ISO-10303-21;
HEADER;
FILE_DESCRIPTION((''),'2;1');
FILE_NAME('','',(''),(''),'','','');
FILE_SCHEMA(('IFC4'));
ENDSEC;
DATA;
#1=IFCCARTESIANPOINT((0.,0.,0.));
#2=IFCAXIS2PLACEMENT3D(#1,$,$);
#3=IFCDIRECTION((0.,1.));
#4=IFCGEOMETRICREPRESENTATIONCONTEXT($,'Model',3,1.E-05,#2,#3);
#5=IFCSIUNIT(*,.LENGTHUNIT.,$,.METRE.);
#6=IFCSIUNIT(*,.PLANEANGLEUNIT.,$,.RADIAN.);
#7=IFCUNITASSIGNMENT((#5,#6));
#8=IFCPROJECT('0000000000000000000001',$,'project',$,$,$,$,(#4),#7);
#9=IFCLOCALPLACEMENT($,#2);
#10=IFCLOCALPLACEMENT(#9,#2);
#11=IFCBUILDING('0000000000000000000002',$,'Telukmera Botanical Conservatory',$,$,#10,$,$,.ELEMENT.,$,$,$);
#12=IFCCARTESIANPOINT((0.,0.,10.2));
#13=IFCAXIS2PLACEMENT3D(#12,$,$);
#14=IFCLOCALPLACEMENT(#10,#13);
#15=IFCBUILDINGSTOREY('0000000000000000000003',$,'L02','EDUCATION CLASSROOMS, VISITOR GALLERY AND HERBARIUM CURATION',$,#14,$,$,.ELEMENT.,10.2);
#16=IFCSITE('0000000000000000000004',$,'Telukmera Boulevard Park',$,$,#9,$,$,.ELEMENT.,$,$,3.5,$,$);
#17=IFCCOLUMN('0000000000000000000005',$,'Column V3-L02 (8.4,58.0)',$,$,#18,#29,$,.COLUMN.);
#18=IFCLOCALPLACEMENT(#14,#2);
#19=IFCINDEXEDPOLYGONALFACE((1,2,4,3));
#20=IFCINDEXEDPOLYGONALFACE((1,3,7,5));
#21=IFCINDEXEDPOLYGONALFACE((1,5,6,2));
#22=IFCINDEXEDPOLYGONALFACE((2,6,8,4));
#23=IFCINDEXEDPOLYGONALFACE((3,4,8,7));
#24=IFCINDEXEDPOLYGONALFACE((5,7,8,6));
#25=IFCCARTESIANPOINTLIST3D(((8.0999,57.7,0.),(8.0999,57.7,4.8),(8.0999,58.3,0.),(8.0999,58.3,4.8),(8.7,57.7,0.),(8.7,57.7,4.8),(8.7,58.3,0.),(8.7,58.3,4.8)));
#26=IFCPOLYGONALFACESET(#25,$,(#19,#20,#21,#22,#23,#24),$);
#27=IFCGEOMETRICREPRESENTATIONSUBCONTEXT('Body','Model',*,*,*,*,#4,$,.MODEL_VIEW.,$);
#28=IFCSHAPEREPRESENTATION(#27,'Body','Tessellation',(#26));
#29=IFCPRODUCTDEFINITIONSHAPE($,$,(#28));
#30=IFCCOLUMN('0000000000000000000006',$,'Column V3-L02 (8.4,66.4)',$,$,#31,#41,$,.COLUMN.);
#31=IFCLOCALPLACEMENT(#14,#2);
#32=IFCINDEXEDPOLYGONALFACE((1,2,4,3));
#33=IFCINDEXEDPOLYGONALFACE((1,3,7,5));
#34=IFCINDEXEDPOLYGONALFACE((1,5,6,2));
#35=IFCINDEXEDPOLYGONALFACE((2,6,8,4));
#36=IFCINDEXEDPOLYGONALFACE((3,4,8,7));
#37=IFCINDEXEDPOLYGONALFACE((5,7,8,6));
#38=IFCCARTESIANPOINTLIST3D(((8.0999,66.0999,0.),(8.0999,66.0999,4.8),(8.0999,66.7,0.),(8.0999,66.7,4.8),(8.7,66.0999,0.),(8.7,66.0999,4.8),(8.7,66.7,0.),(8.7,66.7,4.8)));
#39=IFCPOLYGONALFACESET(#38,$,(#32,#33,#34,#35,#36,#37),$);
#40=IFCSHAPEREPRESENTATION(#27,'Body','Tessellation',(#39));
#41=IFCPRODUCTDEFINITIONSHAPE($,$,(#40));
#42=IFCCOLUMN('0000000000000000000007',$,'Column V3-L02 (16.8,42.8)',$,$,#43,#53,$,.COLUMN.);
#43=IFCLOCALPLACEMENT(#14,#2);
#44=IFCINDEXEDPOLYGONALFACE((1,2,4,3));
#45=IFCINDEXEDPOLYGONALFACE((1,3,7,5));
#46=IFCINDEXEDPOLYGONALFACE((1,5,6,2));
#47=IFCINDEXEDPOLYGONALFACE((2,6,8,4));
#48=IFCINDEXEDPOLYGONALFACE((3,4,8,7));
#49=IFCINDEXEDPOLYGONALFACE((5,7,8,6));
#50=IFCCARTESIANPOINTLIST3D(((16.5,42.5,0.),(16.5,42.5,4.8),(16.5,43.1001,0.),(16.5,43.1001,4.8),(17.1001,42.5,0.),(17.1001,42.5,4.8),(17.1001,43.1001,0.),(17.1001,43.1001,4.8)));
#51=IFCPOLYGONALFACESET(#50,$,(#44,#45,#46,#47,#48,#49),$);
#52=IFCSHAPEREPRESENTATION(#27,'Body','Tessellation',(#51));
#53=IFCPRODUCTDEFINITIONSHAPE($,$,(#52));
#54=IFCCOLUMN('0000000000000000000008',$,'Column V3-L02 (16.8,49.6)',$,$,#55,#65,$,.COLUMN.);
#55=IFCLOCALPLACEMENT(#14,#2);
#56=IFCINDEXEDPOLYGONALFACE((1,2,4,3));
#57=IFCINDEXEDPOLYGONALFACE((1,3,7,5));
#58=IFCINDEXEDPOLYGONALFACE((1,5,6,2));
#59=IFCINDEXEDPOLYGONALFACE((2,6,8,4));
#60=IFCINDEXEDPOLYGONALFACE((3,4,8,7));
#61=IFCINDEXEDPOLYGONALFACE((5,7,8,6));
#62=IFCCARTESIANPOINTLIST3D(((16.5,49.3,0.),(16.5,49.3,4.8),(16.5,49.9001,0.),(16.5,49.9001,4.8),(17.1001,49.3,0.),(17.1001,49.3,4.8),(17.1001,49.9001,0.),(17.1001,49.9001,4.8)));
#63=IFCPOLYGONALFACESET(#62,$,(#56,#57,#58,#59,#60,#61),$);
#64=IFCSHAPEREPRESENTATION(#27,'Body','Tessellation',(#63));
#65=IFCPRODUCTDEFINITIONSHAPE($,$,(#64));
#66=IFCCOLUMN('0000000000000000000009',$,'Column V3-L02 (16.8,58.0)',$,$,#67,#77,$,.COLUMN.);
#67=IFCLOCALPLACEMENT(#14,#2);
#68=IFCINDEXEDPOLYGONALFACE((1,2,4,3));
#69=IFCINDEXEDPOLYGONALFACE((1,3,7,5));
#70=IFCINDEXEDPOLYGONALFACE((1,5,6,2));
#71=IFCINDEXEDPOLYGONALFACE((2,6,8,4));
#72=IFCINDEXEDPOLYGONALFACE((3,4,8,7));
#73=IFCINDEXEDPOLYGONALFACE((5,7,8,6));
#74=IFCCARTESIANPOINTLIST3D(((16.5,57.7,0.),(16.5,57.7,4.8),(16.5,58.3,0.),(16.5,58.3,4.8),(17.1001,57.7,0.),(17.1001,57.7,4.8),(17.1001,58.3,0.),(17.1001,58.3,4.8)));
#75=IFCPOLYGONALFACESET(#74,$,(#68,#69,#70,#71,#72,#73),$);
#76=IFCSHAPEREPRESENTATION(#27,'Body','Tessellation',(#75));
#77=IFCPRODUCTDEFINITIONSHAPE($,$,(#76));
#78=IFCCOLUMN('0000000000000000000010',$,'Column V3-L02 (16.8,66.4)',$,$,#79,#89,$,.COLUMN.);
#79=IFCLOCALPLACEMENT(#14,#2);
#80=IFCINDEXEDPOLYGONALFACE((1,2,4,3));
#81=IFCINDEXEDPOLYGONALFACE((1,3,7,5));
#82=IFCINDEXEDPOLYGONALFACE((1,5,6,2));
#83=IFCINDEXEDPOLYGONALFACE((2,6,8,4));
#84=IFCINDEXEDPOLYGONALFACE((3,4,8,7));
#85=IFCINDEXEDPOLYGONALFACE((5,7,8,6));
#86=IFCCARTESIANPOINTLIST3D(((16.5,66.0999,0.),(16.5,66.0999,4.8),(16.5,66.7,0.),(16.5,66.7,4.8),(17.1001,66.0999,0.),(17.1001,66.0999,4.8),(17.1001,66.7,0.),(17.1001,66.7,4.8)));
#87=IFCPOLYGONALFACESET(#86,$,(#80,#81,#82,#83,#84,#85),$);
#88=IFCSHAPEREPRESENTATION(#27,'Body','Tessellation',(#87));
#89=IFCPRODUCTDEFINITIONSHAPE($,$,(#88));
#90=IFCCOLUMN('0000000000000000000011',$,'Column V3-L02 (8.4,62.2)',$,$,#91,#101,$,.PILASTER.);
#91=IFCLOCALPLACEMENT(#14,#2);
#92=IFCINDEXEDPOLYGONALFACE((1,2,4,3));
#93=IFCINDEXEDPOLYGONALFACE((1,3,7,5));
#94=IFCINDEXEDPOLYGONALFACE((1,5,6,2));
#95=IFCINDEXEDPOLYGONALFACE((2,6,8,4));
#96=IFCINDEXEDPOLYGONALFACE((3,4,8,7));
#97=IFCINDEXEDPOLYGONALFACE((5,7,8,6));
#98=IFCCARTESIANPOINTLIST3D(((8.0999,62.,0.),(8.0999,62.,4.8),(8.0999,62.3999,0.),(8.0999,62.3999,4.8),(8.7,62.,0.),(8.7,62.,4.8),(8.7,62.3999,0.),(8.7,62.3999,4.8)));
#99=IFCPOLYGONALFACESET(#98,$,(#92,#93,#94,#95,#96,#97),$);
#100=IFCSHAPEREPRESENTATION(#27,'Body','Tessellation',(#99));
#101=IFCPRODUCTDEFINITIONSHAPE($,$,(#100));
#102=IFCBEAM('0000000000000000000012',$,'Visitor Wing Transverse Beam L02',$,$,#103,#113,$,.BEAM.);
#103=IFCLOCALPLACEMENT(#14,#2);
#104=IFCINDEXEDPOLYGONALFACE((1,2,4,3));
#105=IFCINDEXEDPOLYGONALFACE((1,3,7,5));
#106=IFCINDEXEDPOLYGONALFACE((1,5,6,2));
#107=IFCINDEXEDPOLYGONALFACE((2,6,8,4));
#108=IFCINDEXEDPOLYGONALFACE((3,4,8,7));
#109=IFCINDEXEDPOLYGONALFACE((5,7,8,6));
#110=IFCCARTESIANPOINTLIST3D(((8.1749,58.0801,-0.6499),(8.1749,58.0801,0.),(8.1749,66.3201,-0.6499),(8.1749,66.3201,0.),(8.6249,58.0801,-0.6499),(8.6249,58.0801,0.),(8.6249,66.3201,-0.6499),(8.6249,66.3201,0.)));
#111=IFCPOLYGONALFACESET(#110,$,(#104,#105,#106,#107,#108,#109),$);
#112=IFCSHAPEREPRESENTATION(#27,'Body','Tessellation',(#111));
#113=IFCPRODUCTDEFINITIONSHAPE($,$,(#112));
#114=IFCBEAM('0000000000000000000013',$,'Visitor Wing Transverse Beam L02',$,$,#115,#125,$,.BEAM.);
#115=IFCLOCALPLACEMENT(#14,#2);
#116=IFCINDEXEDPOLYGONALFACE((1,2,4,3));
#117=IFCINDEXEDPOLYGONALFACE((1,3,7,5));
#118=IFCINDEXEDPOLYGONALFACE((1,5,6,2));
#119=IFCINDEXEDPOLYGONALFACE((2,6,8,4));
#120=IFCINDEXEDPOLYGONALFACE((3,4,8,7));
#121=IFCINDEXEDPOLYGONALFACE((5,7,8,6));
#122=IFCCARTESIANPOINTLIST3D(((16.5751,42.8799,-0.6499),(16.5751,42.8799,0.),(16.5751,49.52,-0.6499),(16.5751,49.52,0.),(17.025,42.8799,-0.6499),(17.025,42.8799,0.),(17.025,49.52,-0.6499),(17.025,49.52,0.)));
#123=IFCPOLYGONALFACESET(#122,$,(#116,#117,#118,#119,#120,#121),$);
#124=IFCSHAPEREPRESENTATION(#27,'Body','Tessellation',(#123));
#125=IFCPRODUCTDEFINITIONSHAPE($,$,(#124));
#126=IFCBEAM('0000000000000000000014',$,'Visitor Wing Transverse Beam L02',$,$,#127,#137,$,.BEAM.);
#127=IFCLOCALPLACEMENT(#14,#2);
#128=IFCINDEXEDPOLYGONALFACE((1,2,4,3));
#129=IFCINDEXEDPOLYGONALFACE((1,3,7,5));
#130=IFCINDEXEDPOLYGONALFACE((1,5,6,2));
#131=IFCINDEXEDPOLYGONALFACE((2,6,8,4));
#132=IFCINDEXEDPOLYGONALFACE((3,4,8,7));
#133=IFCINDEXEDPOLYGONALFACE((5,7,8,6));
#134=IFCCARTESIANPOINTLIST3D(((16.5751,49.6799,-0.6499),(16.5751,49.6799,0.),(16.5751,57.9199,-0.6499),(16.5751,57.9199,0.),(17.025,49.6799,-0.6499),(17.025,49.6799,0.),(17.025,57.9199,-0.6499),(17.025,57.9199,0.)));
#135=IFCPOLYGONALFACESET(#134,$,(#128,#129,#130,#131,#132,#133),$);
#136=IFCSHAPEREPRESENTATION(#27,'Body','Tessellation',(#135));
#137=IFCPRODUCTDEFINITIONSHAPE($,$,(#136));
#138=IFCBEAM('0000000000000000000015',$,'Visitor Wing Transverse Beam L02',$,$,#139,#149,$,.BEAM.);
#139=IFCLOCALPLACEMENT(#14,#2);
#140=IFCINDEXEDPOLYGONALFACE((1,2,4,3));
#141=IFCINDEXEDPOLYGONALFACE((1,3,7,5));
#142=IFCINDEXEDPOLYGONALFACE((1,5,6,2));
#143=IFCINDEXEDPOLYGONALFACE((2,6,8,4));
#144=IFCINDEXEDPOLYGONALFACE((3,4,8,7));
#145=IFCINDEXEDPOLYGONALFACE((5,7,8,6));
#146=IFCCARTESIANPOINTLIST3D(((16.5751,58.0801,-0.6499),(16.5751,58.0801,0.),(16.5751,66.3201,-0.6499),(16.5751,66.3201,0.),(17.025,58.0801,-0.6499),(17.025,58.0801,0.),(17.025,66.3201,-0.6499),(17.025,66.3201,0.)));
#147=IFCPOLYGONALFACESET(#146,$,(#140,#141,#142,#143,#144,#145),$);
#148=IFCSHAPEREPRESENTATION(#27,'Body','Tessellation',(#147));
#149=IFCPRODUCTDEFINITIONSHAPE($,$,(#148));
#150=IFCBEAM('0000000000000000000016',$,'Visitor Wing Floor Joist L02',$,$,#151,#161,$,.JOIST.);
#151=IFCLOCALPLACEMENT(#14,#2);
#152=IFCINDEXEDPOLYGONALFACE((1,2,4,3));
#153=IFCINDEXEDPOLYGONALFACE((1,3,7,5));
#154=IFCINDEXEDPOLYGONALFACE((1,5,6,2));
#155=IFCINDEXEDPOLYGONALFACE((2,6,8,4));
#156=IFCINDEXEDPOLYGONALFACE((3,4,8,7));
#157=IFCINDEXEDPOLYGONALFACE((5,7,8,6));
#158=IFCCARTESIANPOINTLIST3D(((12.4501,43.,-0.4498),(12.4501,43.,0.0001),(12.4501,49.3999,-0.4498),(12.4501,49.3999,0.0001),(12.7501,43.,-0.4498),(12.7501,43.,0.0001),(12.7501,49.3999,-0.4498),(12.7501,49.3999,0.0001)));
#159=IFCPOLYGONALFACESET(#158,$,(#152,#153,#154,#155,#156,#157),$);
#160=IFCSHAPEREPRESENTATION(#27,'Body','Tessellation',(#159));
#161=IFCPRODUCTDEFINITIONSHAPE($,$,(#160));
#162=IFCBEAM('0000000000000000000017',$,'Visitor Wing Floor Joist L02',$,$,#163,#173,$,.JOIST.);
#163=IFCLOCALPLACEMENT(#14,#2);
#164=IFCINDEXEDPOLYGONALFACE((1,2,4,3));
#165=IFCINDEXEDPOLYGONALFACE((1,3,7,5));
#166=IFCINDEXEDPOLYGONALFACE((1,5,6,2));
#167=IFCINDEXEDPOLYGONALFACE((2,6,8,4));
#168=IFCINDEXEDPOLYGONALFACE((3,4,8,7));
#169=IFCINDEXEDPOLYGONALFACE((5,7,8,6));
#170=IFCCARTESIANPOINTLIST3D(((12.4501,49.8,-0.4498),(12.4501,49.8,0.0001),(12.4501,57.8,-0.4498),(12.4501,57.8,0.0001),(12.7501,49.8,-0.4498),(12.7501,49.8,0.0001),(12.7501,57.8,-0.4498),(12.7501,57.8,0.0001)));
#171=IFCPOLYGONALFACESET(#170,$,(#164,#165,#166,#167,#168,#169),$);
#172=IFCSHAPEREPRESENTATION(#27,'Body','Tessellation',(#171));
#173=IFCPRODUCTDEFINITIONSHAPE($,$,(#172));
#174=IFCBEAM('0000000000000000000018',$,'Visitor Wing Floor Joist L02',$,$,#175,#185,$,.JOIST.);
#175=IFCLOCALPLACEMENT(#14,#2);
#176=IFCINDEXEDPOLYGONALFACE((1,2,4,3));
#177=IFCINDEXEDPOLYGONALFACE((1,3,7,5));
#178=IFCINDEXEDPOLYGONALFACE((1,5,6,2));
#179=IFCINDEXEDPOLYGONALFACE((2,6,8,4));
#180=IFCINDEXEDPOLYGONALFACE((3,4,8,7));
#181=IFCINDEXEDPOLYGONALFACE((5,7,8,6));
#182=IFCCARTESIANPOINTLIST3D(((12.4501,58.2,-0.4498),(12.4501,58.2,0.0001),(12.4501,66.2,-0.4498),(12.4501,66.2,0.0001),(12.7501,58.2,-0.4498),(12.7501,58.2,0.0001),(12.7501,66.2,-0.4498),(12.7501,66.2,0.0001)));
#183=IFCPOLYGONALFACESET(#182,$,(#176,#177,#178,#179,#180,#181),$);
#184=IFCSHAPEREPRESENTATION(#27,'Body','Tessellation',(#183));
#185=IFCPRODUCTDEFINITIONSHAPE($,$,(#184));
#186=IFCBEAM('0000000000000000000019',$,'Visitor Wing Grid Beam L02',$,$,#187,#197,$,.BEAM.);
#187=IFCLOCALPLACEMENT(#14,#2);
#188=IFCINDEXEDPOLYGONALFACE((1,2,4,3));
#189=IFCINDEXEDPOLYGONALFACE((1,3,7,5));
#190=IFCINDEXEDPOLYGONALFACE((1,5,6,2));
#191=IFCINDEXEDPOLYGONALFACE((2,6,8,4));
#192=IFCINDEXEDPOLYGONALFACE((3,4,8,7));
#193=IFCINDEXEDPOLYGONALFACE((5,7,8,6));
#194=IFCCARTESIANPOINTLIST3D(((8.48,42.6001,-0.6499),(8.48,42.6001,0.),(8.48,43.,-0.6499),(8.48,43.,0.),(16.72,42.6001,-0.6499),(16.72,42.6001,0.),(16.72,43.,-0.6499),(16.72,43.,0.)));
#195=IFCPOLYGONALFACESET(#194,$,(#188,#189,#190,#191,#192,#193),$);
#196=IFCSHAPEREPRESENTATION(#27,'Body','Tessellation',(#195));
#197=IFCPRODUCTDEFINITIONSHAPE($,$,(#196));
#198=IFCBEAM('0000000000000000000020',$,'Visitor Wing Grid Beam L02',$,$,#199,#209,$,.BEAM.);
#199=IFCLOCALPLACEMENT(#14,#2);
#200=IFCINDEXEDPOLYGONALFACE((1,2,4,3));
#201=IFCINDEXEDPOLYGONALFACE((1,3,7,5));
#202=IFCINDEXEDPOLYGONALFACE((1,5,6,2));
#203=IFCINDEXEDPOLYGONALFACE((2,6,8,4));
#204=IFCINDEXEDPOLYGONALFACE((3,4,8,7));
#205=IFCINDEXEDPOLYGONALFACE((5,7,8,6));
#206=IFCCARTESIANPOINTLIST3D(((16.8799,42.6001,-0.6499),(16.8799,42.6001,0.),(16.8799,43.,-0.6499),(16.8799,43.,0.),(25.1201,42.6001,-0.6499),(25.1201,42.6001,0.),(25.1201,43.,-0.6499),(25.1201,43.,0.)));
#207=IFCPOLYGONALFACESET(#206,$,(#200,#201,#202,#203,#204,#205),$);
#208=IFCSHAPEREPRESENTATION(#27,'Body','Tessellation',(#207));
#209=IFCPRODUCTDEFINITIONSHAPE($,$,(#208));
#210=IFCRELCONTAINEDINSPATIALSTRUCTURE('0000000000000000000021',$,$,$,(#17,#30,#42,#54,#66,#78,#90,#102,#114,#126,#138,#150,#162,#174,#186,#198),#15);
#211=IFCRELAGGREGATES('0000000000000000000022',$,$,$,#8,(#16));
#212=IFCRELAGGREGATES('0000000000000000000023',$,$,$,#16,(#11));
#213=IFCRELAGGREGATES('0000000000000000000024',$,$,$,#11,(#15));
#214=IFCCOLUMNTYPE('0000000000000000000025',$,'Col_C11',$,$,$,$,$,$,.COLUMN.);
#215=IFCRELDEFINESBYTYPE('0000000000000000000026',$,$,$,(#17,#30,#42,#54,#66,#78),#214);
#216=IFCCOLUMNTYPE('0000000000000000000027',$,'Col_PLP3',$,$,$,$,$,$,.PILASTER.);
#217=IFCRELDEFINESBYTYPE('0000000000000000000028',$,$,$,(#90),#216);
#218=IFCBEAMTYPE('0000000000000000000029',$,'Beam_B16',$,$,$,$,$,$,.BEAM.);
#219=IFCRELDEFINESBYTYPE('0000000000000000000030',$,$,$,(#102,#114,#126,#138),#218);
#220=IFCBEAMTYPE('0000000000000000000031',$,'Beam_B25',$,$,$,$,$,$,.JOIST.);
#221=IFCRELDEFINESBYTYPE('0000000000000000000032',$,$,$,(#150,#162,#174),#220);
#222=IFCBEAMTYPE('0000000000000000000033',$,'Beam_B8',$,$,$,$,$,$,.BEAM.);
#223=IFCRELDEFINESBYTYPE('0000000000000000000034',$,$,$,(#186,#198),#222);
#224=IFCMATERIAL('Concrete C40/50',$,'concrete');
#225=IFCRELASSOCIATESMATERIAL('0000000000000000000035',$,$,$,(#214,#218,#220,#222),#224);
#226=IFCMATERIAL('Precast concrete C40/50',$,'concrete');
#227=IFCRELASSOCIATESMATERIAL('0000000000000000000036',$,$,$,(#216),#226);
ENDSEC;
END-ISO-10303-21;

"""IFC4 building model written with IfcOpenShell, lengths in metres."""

from ifc_helpers import new_model, si_unit, direction, frame, origin, origin_2d, place, context, subcontext, project, spatial, rectangle, extrude, material, material_profile, profile_set, type_object, element, save


model = new_model("IFC4")

# Units and contexts
model_context = context("Model", 3, precision=1e-05, world=origin(), true_north=direction((0.0, 1.0)))
body_context = subcontext(model_context, "Body", "Model", "MODEL_VIEW")
ifc_project = project(units=[si_unit("LENGTHUNIT", "METRE"), si_unit("PLANEANGLEUNIT", "RADIAN")], contexts=[model_context])

# Site, building, storey
site_placement = place(None, origin())
site = spatial("IfcSite", under=ifc_project, at=site_placement, Name="Telukmera Boulevard Park", CompositionType="ELEMENT", RefElevation=3.5)
building_placement = place(site_placement, origin())
building = spatial("IfcBuilding", under=site, at=building_placement, Name="Telukmera Botanical Conservatory", CompositionType="ELEMENT")
storey_placement = place(building_placement, frame((0.0, 0.0, 10.2)))
storey = spatial("IfcBuildingStorey", under=building, at=storey_placement, Name="L02", Description="EDUCATION CLASSROOMS, VISITOR GALLERY AND HERBARIUM CURATION", CompositionType="ELEMENT", Elevation=10.2)

# Columns
ifc_material_1 = material(Name="Concrete C40/50", Category="concrete")
ifc_material_profile_1 = material_profile(ifc_material_1, rectangle(XDim=0.6001, YDim=0.6001, at=origin_2d()), Name="RC 600x600")
ifc_profile_set_1 = profile_set([ifc_material_profile_1], Name="Concrete C40/50")
column_type_1 = type_object("IfcColumnType", Name="Col_C11", PredefinedType="COLUMN", material=ifc_profile_set_1)
for number, where, z_axis, x_axis, name in (
    (1, (8.3999, 58.0, 0.0), (0.0, 0.0, 1.0), (1.0, 0.0, 0.0), "Column V3-L02 (8.4,58.0)"),
    (2, (8.3999, 66.3999, 0.0), (0.0, 0.0, 1.0), (1.0, 0.0, 0.0), "Column V3-L02 (8.4,66.4)"),
    (3, (16.8, 42.8, 0.0), (0.0, 0.0, 1.0), (1.0, 0.0, 0.0), "Column V3-L02 (16.8,42.8)"),
    (4, (16.8, 49.6001, 0.0), (0.0, 0.0, 1.0), (1.0, 0.0, 0.0), "Column V3-L02 (16.8,49.6)"),
    (5, (16.8, 58.0, 0.0), (0.0, 0.0, 1.0), (1.0, 0.0, 0.0), "Column V3-L02 (16.8,58.0)"),
    (6, (16.8, 66.3999, 0.0), (0.0, 0.0, 1.0), (1.0, 0.0, 0.0), "Column V3-L02 (16.8,66.4)"),
):
    element("IfcColumn", number, at=place(storey_placement, frame(where, z_axis=z_axis, x_axis=x_axis)), inside=storey, type_object=column_type_1, Name=name, PredefinedType="COLUMN", context=body_context, shape_type="SweptSolid", body=[
        extrude(rectangle(XDim=0.6001, YDim=0.6001, at=origin_2d()), origin(), (0.0, 0.0, 1.0), 4.8),
    ])
ifc_material_2 = material(Name="Precast concrete C40/50", Category="concrete")
ifc_material_profile_2 = material_profile(ifc_material_2, rectangle(XDim=0.6001, YDim=0.3999, at=origin_2d()), Name="PC 600x400")
ifc_profile_set_2 = profile_set([ifc_material_profile_2], Name="Precast concrete C40/50")
column_type_2 = type_object("IfcColumnType", Name="Col_PLP3", PredefinedType="PILASTER", material=ifc_profile_set_2)
column_placement = place(storey_placement, frame((8.3999, 62.2, 0.0), z_axis=(0.0, 0.0, 1.0), x_axis=(1.0, 0.0, 0.0)))
element("IfcColumn", 7, at=column_placement, inside=storey, type_object=column_type_2, Name="Column V3-L02 (8.4,62.2)", PredefinedType="PILASTER", context=body_context, shape_type="SweptSolid", body=[
    extrude(rectangle(XDim=0.6001, YDim=0.3999, at=origin_2d()), origin(), (0.0, 0.0, 1.0), 4.8),
])

# Beams
ifc_material_profile_3 = material_profile(ifc_material_1, rectangle(XDim=0.45, YDim=0.6499, at=origin_2d()), Name="RC 450x650")
ifc_profile_set_3 = profile_set([ifc_material_profile_3], Name="Concrete C40/50")
beam_type_1 = type_object("IfcBeamType", Name="Beam_B16", PredefinedType="BEAM", material=ifc_profile_set_3)
beam_1_placement = place(storey_placement, frame((8.3999, 58.0801, -0.325), z_axis=(0.0, 1.0, 0.0), x_axis=(-1.0, 0.0, 0.0)))
element("IfcBeam", 8, at=beam_1_placement, inside=storey, type_object=beam_type_1, Name="Visitor Wing Transverse Beam L02", PredefinedType="BEAM", context=body_context, shape_type="SweptSolid", body=[
    extrude(rectangle(XDim=0.45, YDim=0.6499, at=origin_2d()), origin(), (0.0, 0.0, 1.0), 8.24),
])
beam_2_placement = place(storey_placement, frame((16.8, 42.8799, -0.325), z_axis=(0.0, 1.0, 0.0), x_axis=(-1.0, 0.0, 0.0)))
element("IfcBeam", 9, at=beam_2_placement, inside=storey, type_object=beam_type_1, Name="Visitor Wing Transverse Beam L02", PredefinedType="BEAM", context=body_context, shape_type="SweptSolid", body=[
    extrude(rectangle(XDim=0.45, YDim=0.6499, at=origin_2d()), origin(), (0.0, 0.0, 1.0), 6.6401),
])
for number, where, z_axis, x_axis, name in (
    (10, (16.8, 49.6799, -0.325), (0.0, 1.0, 0.0), (-1.0, 0.0, 0.0), "Visitor Wing Transverse Beam L02"),
    (11, (16.8, 58.0801, -0.325), (0.0, 1.0, 0.0), (-1.0, 0.0, 0.0), "Visitor Wing Transverse Beam L02"),
):
    element("IfcBeam", number, at=place(storey_placement, frame(where, z_axis=z_axis, x_axis=x_axis)), inside=storey, type_object=beam_type_1, Name=name, PredefinedType="BEAM", context=body_context, shape_type="SweptSolid", body=[
        extrude(rectangle(XDim=0.45, YDim=0.6499, at=origin_2d()), origin(), (0.0, 0.0, 1.0), 8.24),
    ])
ifc_material_profile_4 = material_profile(ifc_material_1, rectangle(XDim=0.3, YDim=0.45, at=origin_2d()), Name="RC 300x450")
ifc_profile_set_4 = profile_set([ifc_material_profile_4], Name="Concrete C40/50")
beam_type_2 = type_object("IfcBeamType", Name="Beam_B25", PredefinedType="JOIST", material=ifc_profile_set_4)
beam_3_placement = place(storey_placement, frame((12.6001, 43.0, -0.2249), z_axis=(0.0, 1.0, 0.0), x_axis=(-1.0, 0.0, 0.0)))
element("IfcBeam", 12, at=beam_3_placement, inside=storey, type_object=beam_type_2, Name="Visitor Wing Floor Joist L02", PredefinedType="JOIST", context=body_context, shape_type="SweptSolid", body=[
    extrude(rectangle(XDim=0.3, YDim=0.45, at=origin_2d()), origin(), (0.0, 0.0, 1.0), 6.3999),
])
for number, where, z_axis, x_axis, name in (
    (13, (12.6001, 49.8, -0.2249), (0.0, 1.0, 0.0), (-1.0, 0.0, 0.0), "Visitor Wing Floor Joist L02"),
    (14, (12.6001, 58.2, -0.2249), (0.0, 1.0, 0.0), (-1.0, 0.0, 0.0), "Visitor Wing Floor Joist L02"),
):
    element("IfcBeam", number, at=place(storey_placement, frame(where, z_axis=z_axis, x_axis=x_axis)), inside=storey, type_object=beam_type_2, Name=name, PredefinedType="JOIST", context=body_context, shape_type="SweptSolid", body=[
        extrude(rectangle(XDim=0.3, YDim=0.45, at=origin_2d()), origin(), (0.0, 0.0, 1.0), 8.0),
    ])
ifc_material_profile_5 = material_profile(ifc_material_1, rectangle(XDim=0.3999, YDim=0.6499, at=origin_2d()), Name="RC 400x650")
ifc_profile_set_5 = profile_set([ifc_material_profile_5], Name="Concrete C40/50")
beam_type_3 = type_object("IfcBeamType", Name="Beam_B8", PredefinedType="BEAM", material=ifc_profile_set_5)
beam_4_placement = place(storey_placement, frame((8.48, 42.8, -0.325), z_axis=(1.0, 0.0, 0.0), x_axis=(0.0, 1.0, 0.0)))
element("IfcBeam", 15, at=beam_4_placement, inside=storey, type_object=beam_type_3, Name="Visitor Wing Grid Beam L02", PredefinedType="BEAM", context=body_context, shape_type="SweptSolid", body=[
    extrude(rectangle(XDim=0.3999, YDim=0.6499, at=origin_2d()), origin(), (0.0, 0.0, 1.0), 8.24),
])
beam_5_placement = place(storey_placement, frame((16.8799, 42.8, -0.325), z_axis=(1.0, 0.0, 0.0), x_axis=(0.0, 1.0, 0.0)))
element("IfcBeam", 16, at=beam_5_placement, inside=storey, type_object=beam_type_3, Name="Visitor Wing Grid Beam L02", PredefinedType="BEAM", context=body_context, shape_type="SweptSolid", body=[
    extrude(rectangle(XDim=0.3999, YDim=0.6499, at=origin_2d()), origin(), (0.0, 0.0, 1.0), 8.2402),
])

save(model, "model.ifc")
